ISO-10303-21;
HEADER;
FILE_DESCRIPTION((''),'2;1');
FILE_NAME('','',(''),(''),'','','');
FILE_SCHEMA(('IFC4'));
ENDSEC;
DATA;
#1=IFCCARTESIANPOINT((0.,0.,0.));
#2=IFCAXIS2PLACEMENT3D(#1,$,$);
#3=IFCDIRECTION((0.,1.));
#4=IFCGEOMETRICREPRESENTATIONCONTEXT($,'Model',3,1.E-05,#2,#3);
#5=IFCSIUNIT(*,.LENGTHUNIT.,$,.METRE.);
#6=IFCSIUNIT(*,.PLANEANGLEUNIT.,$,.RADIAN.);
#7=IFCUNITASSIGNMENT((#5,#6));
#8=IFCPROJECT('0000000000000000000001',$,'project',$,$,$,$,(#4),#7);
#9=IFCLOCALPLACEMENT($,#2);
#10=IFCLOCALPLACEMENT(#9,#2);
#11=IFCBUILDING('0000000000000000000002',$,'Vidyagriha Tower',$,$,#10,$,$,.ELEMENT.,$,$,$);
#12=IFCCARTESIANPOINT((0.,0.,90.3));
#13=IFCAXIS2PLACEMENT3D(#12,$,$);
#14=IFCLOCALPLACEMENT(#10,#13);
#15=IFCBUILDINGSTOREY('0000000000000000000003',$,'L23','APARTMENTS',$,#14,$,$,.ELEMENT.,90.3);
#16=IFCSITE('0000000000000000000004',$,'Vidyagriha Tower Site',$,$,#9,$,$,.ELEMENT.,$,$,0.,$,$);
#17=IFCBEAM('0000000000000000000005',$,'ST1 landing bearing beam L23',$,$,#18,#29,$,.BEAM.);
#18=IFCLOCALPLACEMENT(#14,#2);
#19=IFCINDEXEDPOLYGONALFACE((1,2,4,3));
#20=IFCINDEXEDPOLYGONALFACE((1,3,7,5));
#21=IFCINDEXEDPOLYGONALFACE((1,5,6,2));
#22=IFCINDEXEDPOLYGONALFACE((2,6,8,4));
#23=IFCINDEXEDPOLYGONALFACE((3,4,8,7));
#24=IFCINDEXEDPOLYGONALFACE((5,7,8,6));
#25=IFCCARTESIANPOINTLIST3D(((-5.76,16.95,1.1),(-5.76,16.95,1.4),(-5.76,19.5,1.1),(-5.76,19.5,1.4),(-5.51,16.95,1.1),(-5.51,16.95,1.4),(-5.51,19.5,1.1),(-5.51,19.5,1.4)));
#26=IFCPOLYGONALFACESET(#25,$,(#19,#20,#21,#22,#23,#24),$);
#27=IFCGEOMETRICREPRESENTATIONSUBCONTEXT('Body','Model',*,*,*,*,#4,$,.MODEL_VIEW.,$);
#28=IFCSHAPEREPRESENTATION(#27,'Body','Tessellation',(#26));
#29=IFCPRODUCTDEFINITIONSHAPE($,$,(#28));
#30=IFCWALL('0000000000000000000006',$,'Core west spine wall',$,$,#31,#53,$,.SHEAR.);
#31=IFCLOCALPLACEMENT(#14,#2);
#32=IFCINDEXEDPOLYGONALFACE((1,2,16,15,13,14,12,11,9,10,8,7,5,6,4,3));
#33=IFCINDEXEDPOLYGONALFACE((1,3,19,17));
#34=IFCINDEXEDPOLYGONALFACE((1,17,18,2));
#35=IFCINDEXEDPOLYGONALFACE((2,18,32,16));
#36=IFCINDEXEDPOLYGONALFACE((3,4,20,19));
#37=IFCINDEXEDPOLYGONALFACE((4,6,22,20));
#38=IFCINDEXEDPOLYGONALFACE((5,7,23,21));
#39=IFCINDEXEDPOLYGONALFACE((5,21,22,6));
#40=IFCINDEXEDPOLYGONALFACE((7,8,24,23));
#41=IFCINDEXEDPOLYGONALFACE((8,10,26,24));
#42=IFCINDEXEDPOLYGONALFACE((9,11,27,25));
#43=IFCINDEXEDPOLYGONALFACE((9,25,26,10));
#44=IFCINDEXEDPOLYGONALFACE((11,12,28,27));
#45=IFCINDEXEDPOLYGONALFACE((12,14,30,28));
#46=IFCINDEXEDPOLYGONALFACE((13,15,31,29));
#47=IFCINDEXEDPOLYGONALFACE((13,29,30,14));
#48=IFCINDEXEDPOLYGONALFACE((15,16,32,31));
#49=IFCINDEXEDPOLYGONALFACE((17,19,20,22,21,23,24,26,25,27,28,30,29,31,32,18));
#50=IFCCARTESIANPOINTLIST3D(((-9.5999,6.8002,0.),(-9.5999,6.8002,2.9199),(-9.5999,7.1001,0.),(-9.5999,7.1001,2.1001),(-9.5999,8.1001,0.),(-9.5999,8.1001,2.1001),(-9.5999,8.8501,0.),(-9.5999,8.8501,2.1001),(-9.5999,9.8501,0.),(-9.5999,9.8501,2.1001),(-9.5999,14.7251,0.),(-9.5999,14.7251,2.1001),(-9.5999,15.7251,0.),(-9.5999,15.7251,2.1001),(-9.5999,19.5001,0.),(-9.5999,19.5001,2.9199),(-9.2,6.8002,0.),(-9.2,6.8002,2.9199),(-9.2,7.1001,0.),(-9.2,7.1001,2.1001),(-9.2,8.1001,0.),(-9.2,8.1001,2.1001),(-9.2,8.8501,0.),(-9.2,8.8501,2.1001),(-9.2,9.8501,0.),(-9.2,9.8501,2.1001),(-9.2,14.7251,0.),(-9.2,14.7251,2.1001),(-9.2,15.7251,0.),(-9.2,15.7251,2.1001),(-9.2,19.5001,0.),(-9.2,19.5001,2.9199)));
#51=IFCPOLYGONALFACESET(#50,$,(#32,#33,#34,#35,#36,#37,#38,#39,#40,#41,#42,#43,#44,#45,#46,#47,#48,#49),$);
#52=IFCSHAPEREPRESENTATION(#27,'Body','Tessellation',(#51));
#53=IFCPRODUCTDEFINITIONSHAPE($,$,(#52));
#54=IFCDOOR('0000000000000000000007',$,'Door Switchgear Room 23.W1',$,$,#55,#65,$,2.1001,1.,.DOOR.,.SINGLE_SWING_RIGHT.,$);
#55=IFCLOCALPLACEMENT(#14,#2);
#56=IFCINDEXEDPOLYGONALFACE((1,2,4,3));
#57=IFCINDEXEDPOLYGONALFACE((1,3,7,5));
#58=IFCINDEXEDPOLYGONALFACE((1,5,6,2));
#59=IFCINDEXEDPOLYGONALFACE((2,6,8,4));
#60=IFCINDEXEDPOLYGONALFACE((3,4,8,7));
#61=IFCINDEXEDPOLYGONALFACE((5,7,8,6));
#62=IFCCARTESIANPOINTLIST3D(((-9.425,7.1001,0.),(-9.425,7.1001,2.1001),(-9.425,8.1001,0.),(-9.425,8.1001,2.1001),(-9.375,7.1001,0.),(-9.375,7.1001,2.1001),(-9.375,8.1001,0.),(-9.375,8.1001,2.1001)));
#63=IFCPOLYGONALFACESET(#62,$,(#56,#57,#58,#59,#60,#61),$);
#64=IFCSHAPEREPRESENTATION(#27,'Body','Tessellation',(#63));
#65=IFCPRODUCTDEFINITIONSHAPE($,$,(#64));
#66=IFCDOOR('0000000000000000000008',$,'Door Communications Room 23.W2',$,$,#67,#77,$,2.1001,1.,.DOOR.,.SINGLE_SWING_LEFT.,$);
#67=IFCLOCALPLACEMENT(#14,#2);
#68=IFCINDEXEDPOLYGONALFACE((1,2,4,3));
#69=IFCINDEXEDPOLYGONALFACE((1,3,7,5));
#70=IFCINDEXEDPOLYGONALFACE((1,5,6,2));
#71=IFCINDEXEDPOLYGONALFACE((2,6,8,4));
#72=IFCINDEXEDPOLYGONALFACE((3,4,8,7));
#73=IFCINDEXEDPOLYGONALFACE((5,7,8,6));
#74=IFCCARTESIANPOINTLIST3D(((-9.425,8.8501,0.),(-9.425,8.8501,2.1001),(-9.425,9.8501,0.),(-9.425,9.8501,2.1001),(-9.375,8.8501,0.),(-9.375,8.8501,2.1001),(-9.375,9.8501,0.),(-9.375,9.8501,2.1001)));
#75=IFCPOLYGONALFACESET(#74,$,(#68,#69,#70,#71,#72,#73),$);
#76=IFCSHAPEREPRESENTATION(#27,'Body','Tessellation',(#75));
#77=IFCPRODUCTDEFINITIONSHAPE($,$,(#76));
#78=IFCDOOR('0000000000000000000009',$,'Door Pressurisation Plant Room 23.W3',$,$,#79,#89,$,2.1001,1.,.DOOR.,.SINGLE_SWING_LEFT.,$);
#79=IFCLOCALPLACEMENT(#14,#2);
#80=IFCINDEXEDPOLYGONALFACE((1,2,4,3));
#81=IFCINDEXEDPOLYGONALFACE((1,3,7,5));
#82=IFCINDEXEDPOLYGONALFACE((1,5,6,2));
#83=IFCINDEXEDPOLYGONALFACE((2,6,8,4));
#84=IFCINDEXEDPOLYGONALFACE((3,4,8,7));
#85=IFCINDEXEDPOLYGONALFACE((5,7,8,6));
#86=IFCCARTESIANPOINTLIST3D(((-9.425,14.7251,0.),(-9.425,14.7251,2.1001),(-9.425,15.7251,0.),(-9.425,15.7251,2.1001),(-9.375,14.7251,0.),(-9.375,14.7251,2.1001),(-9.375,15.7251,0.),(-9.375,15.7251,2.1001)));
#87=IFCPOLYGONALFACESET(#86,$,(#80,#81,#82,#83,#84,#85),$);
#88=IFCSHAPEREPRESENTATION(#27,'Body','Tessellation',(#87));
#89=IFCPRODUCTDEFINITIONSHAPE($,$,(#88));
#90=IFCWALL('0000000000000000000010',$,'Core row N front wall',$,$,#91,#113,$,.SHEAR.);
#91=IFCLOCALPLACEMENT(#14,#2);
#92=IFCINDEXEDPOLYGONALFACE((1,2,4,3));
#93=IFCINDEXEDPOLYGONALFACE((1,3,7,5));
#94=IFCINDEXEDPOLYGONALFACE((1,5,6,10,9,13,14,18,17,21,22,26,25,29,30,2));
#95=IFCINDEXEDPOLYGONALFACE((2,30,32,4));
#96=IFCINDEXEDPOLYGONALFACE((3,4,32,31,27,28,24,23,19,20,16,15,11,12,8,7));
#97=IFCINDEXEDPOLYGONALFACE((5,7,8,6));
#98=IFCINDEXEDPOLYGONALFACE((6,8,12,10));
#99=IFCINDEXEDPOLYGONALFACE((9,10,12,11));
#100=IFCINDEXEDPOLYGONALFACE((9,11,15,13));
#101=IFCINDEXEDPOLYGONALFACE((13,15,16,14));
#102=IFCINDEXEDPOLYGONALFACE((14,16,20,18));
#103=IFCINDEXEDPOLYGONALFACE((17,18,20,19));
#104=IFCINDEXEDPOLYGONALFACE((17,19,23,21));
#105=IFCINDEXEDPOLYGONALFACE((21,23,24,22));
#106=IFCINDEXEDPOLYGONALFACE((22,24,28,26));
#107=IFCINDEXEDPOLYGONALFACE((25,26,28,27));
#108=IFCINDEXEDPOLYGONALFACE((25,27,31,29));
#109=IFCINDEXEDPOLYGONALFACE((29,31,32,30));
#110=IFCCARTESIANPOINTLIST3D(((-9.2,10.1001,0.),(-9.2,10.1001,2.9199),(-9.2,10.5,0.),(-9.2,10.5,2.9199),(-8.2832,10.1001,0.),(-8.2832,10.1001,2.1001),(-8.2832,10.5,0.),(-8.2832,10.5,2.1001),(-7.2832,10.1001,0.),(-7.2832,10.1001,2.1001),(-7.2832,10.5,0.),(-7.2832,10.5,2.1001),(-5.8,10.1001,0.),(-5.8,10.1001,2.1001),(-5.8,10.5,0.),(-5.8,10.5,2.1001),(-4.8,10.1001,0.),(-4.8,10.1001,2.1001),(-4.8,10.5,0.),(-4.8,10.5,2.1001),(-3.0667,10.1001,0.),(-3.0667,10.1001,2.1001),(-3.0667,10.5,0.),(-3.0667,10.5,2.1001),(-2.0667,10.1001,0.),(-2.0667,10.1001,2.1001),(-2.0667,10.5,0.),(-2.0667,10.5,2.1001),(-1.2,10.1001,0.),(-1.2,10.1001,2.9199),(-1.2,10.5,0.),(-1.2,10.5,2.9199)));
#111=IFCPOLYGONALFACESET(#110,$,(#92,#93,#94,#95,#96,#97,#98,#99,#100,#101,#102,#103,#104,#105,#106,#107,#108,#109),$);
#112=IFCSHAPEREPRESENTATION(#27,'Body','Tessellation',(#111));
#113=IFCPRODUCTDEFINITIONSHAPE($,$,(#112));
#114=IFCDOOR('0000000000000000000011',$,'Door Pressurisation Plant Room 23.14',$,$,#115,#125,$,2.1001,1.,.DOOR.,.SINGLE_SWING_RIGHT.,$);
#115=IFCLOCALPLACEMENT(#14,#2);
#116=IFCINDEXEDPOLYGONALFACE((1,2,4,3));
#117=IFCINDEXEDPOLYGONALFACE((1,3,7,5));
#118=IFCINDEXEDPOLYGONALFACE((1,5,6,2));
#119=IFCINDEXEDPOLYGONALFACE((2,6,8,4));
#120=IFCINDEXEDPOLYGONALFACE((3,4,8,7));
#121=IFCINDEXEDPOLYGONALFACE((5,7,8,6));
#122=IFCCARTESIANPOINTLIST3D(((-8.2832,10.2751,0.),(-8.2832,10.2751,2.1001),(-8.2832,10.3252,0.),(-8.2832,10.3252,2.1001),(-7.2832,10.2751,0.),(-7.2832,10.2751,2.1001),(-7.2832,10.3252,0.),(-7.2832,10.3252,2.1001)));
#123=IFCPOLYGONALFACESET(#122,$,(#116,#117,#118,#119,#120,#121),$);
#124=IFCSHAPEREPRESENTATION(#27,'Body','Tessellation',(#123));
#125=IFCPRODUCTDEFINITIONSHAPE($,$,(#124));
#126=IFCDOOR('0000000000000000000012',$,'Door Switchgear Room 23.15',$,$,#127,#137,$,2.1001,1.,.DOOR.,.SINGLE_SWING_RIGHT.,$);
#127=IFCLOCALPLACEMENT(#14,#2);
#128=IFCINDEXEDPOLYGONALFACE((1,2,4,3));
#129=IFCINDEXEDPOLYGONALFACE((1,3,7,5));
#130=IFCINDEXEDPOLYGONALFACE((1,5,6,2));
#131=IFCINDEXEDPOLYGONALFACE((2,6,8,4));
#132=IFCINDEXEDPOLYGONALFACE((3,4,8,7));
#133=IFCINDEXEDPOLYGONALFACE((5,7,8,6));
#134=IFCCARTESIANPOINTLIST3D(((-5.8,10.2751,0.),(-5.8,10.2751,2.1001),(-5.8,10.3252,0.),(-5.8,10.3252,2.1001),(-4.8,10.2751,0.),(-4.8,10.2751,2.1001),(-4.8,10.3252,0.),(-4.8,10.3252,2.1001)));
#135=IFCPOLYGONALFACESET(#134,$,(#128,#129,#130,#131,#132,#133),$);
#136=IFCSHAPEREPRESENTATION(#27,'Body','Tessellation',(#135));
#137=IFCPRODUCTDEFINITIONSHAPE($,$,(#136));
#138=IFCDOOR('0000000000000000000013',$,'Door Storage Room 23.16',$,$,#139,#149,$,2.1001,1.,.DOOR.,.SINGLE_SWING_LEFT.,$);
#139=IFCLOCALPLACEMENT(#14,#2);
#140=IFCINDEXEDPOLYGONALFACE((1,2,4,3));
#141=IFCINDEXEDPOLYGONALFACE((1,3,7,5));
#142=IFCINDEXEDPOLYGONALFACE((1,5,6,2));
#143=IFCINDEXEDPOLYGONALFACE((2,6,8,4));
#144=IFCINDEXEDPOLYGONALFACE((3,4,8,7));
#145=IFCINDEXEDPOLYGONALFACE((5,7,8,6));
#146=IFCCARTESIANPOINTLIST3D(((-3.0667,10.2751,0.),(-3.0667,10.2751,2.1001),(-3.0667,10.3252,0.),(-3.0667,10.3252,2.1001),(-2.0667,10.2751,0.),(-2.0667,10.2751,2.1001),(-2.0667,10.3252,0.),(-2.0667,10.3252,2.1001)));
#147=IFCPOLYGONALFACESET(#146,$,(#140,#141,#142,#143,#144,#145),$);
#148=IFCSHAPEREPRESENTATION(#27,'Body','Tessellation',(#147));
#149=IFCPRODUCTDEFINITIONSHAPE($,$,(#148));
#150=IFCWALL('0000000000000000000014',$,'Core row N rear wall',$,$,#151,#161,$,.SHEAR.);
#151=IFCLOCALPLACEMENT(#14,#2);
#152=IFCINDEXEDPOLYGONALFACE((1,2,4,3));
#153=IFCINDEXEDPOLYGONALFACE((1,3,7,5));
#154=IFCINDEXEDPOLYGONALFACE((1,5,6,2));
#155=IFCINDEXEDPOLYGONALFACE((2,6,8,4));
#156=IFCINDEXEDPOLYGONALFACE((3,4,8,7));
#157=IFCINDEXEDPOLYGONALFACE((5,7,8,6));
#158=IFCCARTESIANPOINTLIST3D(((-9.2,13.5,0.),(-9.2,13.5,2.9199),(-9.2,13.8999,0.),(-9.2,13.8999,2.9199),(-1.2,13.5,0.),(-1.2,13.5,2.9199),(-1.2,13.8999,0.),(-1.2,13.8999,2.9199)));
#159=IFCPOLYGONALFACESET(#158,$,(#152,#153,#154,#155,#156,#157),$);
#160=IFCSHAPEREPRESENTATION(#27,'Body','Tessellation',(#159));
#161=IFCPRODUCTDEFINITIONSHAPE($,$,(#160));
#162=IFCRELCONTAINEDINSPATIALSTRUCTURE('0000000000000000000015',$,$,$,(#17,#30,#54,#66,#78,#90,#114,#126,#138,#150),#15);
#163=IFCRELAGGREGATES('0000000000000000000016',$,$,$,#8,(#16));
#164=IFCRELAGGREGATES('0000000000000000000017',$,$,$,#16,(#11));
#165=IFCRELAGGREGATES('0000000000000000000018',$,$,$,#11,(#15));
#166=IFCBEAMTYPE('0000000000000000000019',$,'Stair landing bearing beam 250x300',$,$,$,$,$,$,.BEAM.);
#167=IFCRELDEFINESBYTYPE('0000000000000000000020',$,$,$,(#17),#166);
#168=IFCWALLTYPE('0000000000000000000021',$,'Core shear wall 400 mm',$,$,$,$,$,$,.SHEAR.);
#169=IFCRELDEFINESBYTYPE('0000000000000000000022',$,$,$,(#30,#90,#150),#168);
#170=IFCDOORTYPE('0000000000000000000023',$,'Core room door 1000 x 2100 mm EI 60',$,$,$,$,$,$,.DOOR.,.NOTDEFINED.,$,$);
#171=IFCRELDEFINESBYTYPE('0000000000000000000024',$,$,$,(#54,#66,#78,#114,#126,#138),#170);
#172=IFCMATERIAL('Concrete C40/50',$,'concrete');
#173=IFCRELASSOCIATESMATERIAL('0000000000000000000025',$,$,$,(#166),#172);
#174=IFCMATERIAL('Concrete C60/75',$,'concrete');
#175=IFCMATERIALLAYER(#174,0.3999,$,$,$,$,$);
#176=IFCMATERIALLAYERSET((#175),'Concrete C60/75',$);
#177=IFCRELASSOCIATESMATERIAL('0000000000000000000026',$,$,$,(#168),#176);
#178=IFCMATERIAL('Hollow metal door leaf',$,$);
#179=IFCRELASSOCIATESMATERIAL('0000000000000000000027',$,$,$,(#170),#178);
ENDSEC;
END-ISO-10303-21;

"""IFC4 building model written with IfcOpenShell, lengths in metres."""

from ifc_helpers import new_model, si_unit, direction, frame, frame_2d, origin, origin_2d, place, context, subcontext, project, spatial, rectangle, extrude, material, layer, layer_set, material_profile, profile_set, type_object, element, fill, save


model = new_model("IFC4")

# Units and contexts
model_context = context("Model", 3, precision=1e-05, world=origin(), true_north=direction((0.0, 1.0)))
body_context = subcontext(model_context, "Body", "Model", "MODEL_VIEW")
ifc_project = project(units=[si_unit("LENGTHUNIT", "METRE"), si_unit("PLANEANGLEUNIT", "RADIAN")], contexts=[model_context])

# Site, building, storey
site_placement = place(None, origin())
site = spatial("IfcSite", under=ifc_project, at=site_placement, Name="Vidyagriha Tower Site", CompositionType="ELEMENT", RefElevation=0.0)
building_placement = place(site_placement, origin())
building = spatial("IfcBuilding", under=site, at=building_placement, Name="Vidyagriha Tower", CompositionType="ELEMENT")
storey_placement = place(building_placement, frame((0.0, 0.0, 90.3)))
storey = spatial("IfcBuildingStorey", under=building, at=storey_placement, Name="L23", Description="APARTMENTS", CompositionType="ELEMENT", Elevation=90.3)

# Beam
ifc_material_1 = material(Name="Concrete C40/50", Category="concrete")
ifc_material_profile = material_profile(ifc_material_1, rectangle(XDim=0.25, YDim=0.3, at=origin_2d()), Name="Stair landing bearing beam 250x300")
ifc_profile_set = profile_set([ifc_material_profile], Name="Concrete C40/50")
beam_type = type_object("IfcBeamType", Name="Stair landing bearing beam 250x300", PredefinedType="BEAM", material=ifc_profile_set)
beam_placement = place(storey_placement, frame((-5.635, 16.95, 1.25), z_axis=(0.0, 1.0, 0.0), x_axis=(-1.0, 0.0, 0.0)))
element("IfcBeam", 1, at=beam_placement, inside=storey, type_object=beam_type, Name="ST1 landing bearing beam L23", PredefinedType="BEAM", context=body_context, shape_type="SweptSolid", body=[
    extrude(rectangle(XDim=0.25, YDim=0.3, at=origin_2d()), origin(), (0.0, 0.0, 1.0), 2.55),
])

# Walls, openings, doors
ifc_material_2 = material(Name="Concrete C60/75", Category="concrete")
ifc_layer_1 = layer(ifc_material_2, 0.3999)
ifc_layer_set_1 = layer_set([ifc_layer_1], Name="Concrete C60/75")
wall_type_1 = type_object("IfcWallType", Name="Core shear wall 400 mm", PredefinedType="SHEAR", material=ifc_layer_set_1)
wall_1_placement = place(storey_placement, frame((-9.3999, 6.8, 0.0), z_axis=(0.0, 0.0, 1.0), x_axis=(0.0, 1.0, 0.0)))
wall_1 = element("IfcWall", 2, at=wall_1_placement, inside=storey, type_object=wall_type_1, Name="Core west spine wall", PredefinedType="SHEAR", context=body_context, shape_type="SweptSolid", body=[
    extrude(rectangle(XDim=12.7, YDim=0.3999, at=frame_2d((6.3501, 0.0))), origin(), (0.0, 0.0, 1.0), 2.9199),
])
opening_1_placement = place(wall_1_placement, frame((0.3, 0.0, 0.0)))
opening_1 = element("IfcOpeningElement", 3, at=opening_1_placement, cuts=wall_1, PredefinedType="OPENING", context=body_context, shape_type="SweptSolid", body=[
    extrude(rectangle(XDim=1.0, YDim=2.1001, at=frame_2d((0.5, 1.05))), frame((0.0, 0.21, 0.0), z_axis=(0.0, -1.0, 0.0), x_axis=(1.0, 0.0, 0.0)), (0.0, 0.0, 1.0), 0.4199),
])
opening_2_placement = place(wall_1_placement, frame((2.05, 0.0, 0.0)))
opening_2 = element("IfcOpeningElement", 4, at=opening_2_placement, cuts=wall_1, PredefinedType="OPENING", context=body_context, shape_type="SweptSolid", body=[
    extrude(rectangle(XDim=1.0, YDim=2.1001, at=frame_2d((0.5, 1.05))), frame((0.0, 0.21, 0.0), z_axis=(0.0, -1.0, 0.0), x_axis=(1.0, 0.0, 0.0)), (0.0, 0.0, 1.0), 0.4199),
])
opening_3_placement = place(wall_1_placement, frame((7.925, 0.0, 0.0)))
opening_3 = element("IfcOpeningElement", 5, at=opening_3_placement, cuts=wall_1, PredefinedType="OPENING", context=body_context, shape_type="SweptSolid", body=[
    extrude(rectangle(XDim=1.0, YDim=2.1001, at=frame_2d((0.5, 1.05))), frame((0.0, 0.21, 0.0), z_axis=(0.0, -1.0, 0.0), x_axis=(1.0, 0.0, 0.0)), (0.0, 0.0, 1.0), 0.4199),
])
ifc_material_3 = material(Name="Hollow metal door leaf")
door_type_1 = type_object("IfcDoorType", Name="Core room door 1000 x 2100 mm EI 60", OperationType="NOTDEFINED", PredefinedType="DOOR", material=ifc_material_3)
door_1_placement = place(opening_1_placement, frame((1.0, 0.0, 0.0), z_axis=(0.0, 0.0, 1.0), x_axis=(-1.0, 0.0, 0.0)))
door_1 = element("IfcDoor", 6, at=door_1_placement, inside=storey, type_object=door_type_1, Name="Door Switchgear Room 23.W1", OperationType="SINGLE_SWING_RIGHT", OverallHeight=2.1001, OverallWidth=1.0, PredefinedType="DOOR", context=body_context, shape_type="SweptSolid", body=[
    extrude(rectangle(XDim=1.0, YDim=2.1001, at=frame_2d((0.5, 1.05))), frame((0.0, 0.0249, 0.0), z_axis=(0.0, -1.0, 0.0), x_axis=(1.0, 0.0, 0.0)), (0.0, 0.0, 1.0), 0.05),
])
fill(opening_1, door_1)
door_2_placement = place(opening_2_placement, frame((1.0, 0.0, 0.0), z_axis=(0.0, 0.0, 1.0), x_axis=(-1.0, 0.0, 0.0)))
door_2 = element("IfcDoor", 7, at=door_2_placement, inside=storey, type_object=door_type_1, Name="Door Communications Room 23.W2", OperationType="SINGLE_SWING_LEFT", OverallHeight=2.1001, OverallWidth=1.0, PredefinedType="DOOR", context=body_context, shape_type="SweptSolid", body=[
    extrude(rectangle(XDim=1.0, YDim=2.1001, at=frame_2d((0.5, 1.05))), frame((0.0, 0.0249, 0.0), z_axis=(0.0, -1.0, 0.0), x_axis=(1.0, 0.0, 0.0)), (0.0, 0.0, 1.0), 0.05),
])
fill(opening_2, door_2)
door_3_placement = place(opening_3_placement, frame((1.0, 0.0, 0.0), z_axis=(0.0, 0.0, 1.0), x_axis=(-1.0, 0.0, 0.0)))
door_3 = element("IfcDoor", 8, at=door_3_placement, inside=storey, type_object=door_type_1, Name="Door Pressurisation Plant Room 23.W3", OperationType="SINGLE_SWING_LEFT", OverallHeight=2.1001, OverallWidth=1.0, PredefinedType="DOOR", context=body_context, shape_type="SweptSolid", body=[
    extrude(rectangle(XDim=1.0, YDim=2.1001, at=frame_2d((0.5, 1.05))), frame((0.0, 0.0249, 0.0), z_axis=(0.0, -1.0, 0.0), x_axis=(1.0, 0.0, 0.0)), (0.0, 0.0, 1.0), 0.05),
])
fill(opening_3, door_3)
wall_2_placement = place(storey_placement, frame((-9.2, 10.3, 0.0)))
wall_2 = element("IfcWall", 9, at=wall_2_placement, inside=storey, type_object=wall_type_1, Name="Core row N front wall", PredefinedType="SHEAR", context=body_context, shape_type="SweptSolid", body=[
    extrude(rectangle(XDim=8.0, YDim=0.3999, at=frame_2d((4.0, 0.0))), origin(), (0.0, 0.0, 1.0), 2.9199),
])
opening_4_placement = place(wall_2_placement, frame((0.9167, 0.0, 0.0)))
opening_4 = element("IfcOpeningElement", 10, at=opening_4_placement, cuts=wall_2, PredefinedType="OPENING", context=body_context, shape_type="SweptSolid", body=[
    extrude(rectangle(XDim=1.0, YDim=2.1001, at=frame_2d((0.5, 1.05))), frame((0.0, 0.21, 0.0), z_axis=(0.0, -1.0, 0.0), x_axis=(1.0, 0.0, 0.0)), (0.0, 0.0, 1.0), 0.4199),
])
opening_5_placement = place(wall_2_placement, frame((3.3999, 0.0, 0.0)))
opening_5 = element("IfcOpeningElement", 11, at=opening_5_placement, cuts=wall_2, PredefinedType="OPENING", context=body_context, shape_type="SweptSolid", body=[
    extrude(rectangle(XDim=1.0, YDim=2.1001, at=frame_2d((0.5, 1.05))), frame((0.0, 0.21, 0.0), z_axis=(0.0, -1.0, 0.0), x_axis=(1.0, 0.0, 0.0)), (0.0, 0.0, 1.0), 0.4199),
])
opening_6_placement = place(wall_2_placement, frame((6.1333, 0.0, 0.0)))
opening_6 = element("IfcOpeningElement", 12, at=opening_6_placement, cuts=wall_2, PredefinedType="OPENING", context=body_context, shape_type="SweptSolid", body=[
    extrude(rectangle(XDim=1.0, YDim=2.1001, at=frame_2d((0.5, 1.05))), frame((0.0, 0.21, 0.0), z_axis=(0.0, -1.0, 0.0), x_axis=(1.0, 0.0, 0.0)), (0.0, 0.0, 1.0), 0.4199),
])
door_4_placement = place(opening_4_placement, frame((1.0, 0.0, 0.0), z_axis=(0.0, 0.0, 1.0), x_axis=(-1.0, 0.0, 0.0)))
door_4 = element("IfcDoor", 13, at=door_4_placement, inside=storey, type_object=door_type_1, Name="Door Pressurisation Plant Room 23.14", OperationType="SINGLE_SWING_RIGHT", OverallHeight=2.1001, OverallWidth=1.0, PredefinedType="DOOR", context=body_context, shape_type="SweptSolid", body=[
    extrude(rectangle(XDim=1.0, YDim=2.1001, at=frame_2d((0.5, 1.05))), frame((0.0, 0.0249, 0.0), z_axis=(0.0, -1.0, 0.0), x_axis=(1.0, 0.0, 0.0)), (0.0, 0.0, 1.0), 0.05),
])
fill(opening_4, door_4)
door_5_placement = place(opening_5_placement, frame((1.0, 0.0, 0.0), z_axis=(0.0, 0.0, 1.0), x_axis=(-1.0, 0.0, 0.0)))
door_5 = element("IfcDoor", 14, at=door_5_placement, inside=storey, type_object=door_type_1, Name="Door Switchgear Room 23.15", OperationType="SINGLE_SWING_RIGHT", OverallHeight=2.1001, OverallWidth=1.0, PredefinedType="DOOR", context=body_context, shape_type="SweptSolid", body=[
    extrude(rectangle(XDim=1.0, YDim=2.1001, at=frame_2d((0.5, 1.05))), frame((0.0, 0.0249, 0.0), z_axis=(0.0, -1.0, 0.0), x_axis=(1.0, 0.0, 0.0)), (0.0, 0.0, 1.0), 0.05),
])
fill(opening_5, door_5)
door_6_placement = place(opening_6_placement, frame((1.0, 0.0, 0.0), z_axis=(0.0, 0.0, 1.0), x_axis=(-1.0, 0.0, 0.0)))
door_6 = element("IfcDoor", 15, at=door_6_placement, inside=storey, type_object=door_type_1, Name="Door Storage Room 23.16", OperationType="SINGLE_SWING_LEFT", OverallHeight=2.1001, OverallWidth=1.0, PredefinedType="DOOR", context=body_context, shape_type="SweptSolid", body=[
    extrude(rectangle(XDim=1.0, YDim=2.1001, at=frame_2d((0.5, 1.05))), frame((0.0, 0.0249, 0.0), z_axis=(0.0, -1.0, 0.0), x_axis=(1.0, 0.0, 0.0)), (0.0, 0.0, 1.0), 0.05),
])
fill(opening_6, door_6)

# Wall
wall_3_placement = place(storey_placement, frame((-9.2, 13.7, 0.0)))
element("IfcWall", 16, at=wall_3_placement, inside=storey, type_object=wall_type_1, Name="Core row N rear wall", PredefinedType="SHEAR", context=body_context, shape_type="SweptSolid", body=[
    extrude(rectangle(XDim=8.0, YDim=0.3999, at=frame_2d((4.0, 0.0))), origin(), (0.0, 0.0, 1.0), 2.9199),
])

save(model, "model.ifc")
